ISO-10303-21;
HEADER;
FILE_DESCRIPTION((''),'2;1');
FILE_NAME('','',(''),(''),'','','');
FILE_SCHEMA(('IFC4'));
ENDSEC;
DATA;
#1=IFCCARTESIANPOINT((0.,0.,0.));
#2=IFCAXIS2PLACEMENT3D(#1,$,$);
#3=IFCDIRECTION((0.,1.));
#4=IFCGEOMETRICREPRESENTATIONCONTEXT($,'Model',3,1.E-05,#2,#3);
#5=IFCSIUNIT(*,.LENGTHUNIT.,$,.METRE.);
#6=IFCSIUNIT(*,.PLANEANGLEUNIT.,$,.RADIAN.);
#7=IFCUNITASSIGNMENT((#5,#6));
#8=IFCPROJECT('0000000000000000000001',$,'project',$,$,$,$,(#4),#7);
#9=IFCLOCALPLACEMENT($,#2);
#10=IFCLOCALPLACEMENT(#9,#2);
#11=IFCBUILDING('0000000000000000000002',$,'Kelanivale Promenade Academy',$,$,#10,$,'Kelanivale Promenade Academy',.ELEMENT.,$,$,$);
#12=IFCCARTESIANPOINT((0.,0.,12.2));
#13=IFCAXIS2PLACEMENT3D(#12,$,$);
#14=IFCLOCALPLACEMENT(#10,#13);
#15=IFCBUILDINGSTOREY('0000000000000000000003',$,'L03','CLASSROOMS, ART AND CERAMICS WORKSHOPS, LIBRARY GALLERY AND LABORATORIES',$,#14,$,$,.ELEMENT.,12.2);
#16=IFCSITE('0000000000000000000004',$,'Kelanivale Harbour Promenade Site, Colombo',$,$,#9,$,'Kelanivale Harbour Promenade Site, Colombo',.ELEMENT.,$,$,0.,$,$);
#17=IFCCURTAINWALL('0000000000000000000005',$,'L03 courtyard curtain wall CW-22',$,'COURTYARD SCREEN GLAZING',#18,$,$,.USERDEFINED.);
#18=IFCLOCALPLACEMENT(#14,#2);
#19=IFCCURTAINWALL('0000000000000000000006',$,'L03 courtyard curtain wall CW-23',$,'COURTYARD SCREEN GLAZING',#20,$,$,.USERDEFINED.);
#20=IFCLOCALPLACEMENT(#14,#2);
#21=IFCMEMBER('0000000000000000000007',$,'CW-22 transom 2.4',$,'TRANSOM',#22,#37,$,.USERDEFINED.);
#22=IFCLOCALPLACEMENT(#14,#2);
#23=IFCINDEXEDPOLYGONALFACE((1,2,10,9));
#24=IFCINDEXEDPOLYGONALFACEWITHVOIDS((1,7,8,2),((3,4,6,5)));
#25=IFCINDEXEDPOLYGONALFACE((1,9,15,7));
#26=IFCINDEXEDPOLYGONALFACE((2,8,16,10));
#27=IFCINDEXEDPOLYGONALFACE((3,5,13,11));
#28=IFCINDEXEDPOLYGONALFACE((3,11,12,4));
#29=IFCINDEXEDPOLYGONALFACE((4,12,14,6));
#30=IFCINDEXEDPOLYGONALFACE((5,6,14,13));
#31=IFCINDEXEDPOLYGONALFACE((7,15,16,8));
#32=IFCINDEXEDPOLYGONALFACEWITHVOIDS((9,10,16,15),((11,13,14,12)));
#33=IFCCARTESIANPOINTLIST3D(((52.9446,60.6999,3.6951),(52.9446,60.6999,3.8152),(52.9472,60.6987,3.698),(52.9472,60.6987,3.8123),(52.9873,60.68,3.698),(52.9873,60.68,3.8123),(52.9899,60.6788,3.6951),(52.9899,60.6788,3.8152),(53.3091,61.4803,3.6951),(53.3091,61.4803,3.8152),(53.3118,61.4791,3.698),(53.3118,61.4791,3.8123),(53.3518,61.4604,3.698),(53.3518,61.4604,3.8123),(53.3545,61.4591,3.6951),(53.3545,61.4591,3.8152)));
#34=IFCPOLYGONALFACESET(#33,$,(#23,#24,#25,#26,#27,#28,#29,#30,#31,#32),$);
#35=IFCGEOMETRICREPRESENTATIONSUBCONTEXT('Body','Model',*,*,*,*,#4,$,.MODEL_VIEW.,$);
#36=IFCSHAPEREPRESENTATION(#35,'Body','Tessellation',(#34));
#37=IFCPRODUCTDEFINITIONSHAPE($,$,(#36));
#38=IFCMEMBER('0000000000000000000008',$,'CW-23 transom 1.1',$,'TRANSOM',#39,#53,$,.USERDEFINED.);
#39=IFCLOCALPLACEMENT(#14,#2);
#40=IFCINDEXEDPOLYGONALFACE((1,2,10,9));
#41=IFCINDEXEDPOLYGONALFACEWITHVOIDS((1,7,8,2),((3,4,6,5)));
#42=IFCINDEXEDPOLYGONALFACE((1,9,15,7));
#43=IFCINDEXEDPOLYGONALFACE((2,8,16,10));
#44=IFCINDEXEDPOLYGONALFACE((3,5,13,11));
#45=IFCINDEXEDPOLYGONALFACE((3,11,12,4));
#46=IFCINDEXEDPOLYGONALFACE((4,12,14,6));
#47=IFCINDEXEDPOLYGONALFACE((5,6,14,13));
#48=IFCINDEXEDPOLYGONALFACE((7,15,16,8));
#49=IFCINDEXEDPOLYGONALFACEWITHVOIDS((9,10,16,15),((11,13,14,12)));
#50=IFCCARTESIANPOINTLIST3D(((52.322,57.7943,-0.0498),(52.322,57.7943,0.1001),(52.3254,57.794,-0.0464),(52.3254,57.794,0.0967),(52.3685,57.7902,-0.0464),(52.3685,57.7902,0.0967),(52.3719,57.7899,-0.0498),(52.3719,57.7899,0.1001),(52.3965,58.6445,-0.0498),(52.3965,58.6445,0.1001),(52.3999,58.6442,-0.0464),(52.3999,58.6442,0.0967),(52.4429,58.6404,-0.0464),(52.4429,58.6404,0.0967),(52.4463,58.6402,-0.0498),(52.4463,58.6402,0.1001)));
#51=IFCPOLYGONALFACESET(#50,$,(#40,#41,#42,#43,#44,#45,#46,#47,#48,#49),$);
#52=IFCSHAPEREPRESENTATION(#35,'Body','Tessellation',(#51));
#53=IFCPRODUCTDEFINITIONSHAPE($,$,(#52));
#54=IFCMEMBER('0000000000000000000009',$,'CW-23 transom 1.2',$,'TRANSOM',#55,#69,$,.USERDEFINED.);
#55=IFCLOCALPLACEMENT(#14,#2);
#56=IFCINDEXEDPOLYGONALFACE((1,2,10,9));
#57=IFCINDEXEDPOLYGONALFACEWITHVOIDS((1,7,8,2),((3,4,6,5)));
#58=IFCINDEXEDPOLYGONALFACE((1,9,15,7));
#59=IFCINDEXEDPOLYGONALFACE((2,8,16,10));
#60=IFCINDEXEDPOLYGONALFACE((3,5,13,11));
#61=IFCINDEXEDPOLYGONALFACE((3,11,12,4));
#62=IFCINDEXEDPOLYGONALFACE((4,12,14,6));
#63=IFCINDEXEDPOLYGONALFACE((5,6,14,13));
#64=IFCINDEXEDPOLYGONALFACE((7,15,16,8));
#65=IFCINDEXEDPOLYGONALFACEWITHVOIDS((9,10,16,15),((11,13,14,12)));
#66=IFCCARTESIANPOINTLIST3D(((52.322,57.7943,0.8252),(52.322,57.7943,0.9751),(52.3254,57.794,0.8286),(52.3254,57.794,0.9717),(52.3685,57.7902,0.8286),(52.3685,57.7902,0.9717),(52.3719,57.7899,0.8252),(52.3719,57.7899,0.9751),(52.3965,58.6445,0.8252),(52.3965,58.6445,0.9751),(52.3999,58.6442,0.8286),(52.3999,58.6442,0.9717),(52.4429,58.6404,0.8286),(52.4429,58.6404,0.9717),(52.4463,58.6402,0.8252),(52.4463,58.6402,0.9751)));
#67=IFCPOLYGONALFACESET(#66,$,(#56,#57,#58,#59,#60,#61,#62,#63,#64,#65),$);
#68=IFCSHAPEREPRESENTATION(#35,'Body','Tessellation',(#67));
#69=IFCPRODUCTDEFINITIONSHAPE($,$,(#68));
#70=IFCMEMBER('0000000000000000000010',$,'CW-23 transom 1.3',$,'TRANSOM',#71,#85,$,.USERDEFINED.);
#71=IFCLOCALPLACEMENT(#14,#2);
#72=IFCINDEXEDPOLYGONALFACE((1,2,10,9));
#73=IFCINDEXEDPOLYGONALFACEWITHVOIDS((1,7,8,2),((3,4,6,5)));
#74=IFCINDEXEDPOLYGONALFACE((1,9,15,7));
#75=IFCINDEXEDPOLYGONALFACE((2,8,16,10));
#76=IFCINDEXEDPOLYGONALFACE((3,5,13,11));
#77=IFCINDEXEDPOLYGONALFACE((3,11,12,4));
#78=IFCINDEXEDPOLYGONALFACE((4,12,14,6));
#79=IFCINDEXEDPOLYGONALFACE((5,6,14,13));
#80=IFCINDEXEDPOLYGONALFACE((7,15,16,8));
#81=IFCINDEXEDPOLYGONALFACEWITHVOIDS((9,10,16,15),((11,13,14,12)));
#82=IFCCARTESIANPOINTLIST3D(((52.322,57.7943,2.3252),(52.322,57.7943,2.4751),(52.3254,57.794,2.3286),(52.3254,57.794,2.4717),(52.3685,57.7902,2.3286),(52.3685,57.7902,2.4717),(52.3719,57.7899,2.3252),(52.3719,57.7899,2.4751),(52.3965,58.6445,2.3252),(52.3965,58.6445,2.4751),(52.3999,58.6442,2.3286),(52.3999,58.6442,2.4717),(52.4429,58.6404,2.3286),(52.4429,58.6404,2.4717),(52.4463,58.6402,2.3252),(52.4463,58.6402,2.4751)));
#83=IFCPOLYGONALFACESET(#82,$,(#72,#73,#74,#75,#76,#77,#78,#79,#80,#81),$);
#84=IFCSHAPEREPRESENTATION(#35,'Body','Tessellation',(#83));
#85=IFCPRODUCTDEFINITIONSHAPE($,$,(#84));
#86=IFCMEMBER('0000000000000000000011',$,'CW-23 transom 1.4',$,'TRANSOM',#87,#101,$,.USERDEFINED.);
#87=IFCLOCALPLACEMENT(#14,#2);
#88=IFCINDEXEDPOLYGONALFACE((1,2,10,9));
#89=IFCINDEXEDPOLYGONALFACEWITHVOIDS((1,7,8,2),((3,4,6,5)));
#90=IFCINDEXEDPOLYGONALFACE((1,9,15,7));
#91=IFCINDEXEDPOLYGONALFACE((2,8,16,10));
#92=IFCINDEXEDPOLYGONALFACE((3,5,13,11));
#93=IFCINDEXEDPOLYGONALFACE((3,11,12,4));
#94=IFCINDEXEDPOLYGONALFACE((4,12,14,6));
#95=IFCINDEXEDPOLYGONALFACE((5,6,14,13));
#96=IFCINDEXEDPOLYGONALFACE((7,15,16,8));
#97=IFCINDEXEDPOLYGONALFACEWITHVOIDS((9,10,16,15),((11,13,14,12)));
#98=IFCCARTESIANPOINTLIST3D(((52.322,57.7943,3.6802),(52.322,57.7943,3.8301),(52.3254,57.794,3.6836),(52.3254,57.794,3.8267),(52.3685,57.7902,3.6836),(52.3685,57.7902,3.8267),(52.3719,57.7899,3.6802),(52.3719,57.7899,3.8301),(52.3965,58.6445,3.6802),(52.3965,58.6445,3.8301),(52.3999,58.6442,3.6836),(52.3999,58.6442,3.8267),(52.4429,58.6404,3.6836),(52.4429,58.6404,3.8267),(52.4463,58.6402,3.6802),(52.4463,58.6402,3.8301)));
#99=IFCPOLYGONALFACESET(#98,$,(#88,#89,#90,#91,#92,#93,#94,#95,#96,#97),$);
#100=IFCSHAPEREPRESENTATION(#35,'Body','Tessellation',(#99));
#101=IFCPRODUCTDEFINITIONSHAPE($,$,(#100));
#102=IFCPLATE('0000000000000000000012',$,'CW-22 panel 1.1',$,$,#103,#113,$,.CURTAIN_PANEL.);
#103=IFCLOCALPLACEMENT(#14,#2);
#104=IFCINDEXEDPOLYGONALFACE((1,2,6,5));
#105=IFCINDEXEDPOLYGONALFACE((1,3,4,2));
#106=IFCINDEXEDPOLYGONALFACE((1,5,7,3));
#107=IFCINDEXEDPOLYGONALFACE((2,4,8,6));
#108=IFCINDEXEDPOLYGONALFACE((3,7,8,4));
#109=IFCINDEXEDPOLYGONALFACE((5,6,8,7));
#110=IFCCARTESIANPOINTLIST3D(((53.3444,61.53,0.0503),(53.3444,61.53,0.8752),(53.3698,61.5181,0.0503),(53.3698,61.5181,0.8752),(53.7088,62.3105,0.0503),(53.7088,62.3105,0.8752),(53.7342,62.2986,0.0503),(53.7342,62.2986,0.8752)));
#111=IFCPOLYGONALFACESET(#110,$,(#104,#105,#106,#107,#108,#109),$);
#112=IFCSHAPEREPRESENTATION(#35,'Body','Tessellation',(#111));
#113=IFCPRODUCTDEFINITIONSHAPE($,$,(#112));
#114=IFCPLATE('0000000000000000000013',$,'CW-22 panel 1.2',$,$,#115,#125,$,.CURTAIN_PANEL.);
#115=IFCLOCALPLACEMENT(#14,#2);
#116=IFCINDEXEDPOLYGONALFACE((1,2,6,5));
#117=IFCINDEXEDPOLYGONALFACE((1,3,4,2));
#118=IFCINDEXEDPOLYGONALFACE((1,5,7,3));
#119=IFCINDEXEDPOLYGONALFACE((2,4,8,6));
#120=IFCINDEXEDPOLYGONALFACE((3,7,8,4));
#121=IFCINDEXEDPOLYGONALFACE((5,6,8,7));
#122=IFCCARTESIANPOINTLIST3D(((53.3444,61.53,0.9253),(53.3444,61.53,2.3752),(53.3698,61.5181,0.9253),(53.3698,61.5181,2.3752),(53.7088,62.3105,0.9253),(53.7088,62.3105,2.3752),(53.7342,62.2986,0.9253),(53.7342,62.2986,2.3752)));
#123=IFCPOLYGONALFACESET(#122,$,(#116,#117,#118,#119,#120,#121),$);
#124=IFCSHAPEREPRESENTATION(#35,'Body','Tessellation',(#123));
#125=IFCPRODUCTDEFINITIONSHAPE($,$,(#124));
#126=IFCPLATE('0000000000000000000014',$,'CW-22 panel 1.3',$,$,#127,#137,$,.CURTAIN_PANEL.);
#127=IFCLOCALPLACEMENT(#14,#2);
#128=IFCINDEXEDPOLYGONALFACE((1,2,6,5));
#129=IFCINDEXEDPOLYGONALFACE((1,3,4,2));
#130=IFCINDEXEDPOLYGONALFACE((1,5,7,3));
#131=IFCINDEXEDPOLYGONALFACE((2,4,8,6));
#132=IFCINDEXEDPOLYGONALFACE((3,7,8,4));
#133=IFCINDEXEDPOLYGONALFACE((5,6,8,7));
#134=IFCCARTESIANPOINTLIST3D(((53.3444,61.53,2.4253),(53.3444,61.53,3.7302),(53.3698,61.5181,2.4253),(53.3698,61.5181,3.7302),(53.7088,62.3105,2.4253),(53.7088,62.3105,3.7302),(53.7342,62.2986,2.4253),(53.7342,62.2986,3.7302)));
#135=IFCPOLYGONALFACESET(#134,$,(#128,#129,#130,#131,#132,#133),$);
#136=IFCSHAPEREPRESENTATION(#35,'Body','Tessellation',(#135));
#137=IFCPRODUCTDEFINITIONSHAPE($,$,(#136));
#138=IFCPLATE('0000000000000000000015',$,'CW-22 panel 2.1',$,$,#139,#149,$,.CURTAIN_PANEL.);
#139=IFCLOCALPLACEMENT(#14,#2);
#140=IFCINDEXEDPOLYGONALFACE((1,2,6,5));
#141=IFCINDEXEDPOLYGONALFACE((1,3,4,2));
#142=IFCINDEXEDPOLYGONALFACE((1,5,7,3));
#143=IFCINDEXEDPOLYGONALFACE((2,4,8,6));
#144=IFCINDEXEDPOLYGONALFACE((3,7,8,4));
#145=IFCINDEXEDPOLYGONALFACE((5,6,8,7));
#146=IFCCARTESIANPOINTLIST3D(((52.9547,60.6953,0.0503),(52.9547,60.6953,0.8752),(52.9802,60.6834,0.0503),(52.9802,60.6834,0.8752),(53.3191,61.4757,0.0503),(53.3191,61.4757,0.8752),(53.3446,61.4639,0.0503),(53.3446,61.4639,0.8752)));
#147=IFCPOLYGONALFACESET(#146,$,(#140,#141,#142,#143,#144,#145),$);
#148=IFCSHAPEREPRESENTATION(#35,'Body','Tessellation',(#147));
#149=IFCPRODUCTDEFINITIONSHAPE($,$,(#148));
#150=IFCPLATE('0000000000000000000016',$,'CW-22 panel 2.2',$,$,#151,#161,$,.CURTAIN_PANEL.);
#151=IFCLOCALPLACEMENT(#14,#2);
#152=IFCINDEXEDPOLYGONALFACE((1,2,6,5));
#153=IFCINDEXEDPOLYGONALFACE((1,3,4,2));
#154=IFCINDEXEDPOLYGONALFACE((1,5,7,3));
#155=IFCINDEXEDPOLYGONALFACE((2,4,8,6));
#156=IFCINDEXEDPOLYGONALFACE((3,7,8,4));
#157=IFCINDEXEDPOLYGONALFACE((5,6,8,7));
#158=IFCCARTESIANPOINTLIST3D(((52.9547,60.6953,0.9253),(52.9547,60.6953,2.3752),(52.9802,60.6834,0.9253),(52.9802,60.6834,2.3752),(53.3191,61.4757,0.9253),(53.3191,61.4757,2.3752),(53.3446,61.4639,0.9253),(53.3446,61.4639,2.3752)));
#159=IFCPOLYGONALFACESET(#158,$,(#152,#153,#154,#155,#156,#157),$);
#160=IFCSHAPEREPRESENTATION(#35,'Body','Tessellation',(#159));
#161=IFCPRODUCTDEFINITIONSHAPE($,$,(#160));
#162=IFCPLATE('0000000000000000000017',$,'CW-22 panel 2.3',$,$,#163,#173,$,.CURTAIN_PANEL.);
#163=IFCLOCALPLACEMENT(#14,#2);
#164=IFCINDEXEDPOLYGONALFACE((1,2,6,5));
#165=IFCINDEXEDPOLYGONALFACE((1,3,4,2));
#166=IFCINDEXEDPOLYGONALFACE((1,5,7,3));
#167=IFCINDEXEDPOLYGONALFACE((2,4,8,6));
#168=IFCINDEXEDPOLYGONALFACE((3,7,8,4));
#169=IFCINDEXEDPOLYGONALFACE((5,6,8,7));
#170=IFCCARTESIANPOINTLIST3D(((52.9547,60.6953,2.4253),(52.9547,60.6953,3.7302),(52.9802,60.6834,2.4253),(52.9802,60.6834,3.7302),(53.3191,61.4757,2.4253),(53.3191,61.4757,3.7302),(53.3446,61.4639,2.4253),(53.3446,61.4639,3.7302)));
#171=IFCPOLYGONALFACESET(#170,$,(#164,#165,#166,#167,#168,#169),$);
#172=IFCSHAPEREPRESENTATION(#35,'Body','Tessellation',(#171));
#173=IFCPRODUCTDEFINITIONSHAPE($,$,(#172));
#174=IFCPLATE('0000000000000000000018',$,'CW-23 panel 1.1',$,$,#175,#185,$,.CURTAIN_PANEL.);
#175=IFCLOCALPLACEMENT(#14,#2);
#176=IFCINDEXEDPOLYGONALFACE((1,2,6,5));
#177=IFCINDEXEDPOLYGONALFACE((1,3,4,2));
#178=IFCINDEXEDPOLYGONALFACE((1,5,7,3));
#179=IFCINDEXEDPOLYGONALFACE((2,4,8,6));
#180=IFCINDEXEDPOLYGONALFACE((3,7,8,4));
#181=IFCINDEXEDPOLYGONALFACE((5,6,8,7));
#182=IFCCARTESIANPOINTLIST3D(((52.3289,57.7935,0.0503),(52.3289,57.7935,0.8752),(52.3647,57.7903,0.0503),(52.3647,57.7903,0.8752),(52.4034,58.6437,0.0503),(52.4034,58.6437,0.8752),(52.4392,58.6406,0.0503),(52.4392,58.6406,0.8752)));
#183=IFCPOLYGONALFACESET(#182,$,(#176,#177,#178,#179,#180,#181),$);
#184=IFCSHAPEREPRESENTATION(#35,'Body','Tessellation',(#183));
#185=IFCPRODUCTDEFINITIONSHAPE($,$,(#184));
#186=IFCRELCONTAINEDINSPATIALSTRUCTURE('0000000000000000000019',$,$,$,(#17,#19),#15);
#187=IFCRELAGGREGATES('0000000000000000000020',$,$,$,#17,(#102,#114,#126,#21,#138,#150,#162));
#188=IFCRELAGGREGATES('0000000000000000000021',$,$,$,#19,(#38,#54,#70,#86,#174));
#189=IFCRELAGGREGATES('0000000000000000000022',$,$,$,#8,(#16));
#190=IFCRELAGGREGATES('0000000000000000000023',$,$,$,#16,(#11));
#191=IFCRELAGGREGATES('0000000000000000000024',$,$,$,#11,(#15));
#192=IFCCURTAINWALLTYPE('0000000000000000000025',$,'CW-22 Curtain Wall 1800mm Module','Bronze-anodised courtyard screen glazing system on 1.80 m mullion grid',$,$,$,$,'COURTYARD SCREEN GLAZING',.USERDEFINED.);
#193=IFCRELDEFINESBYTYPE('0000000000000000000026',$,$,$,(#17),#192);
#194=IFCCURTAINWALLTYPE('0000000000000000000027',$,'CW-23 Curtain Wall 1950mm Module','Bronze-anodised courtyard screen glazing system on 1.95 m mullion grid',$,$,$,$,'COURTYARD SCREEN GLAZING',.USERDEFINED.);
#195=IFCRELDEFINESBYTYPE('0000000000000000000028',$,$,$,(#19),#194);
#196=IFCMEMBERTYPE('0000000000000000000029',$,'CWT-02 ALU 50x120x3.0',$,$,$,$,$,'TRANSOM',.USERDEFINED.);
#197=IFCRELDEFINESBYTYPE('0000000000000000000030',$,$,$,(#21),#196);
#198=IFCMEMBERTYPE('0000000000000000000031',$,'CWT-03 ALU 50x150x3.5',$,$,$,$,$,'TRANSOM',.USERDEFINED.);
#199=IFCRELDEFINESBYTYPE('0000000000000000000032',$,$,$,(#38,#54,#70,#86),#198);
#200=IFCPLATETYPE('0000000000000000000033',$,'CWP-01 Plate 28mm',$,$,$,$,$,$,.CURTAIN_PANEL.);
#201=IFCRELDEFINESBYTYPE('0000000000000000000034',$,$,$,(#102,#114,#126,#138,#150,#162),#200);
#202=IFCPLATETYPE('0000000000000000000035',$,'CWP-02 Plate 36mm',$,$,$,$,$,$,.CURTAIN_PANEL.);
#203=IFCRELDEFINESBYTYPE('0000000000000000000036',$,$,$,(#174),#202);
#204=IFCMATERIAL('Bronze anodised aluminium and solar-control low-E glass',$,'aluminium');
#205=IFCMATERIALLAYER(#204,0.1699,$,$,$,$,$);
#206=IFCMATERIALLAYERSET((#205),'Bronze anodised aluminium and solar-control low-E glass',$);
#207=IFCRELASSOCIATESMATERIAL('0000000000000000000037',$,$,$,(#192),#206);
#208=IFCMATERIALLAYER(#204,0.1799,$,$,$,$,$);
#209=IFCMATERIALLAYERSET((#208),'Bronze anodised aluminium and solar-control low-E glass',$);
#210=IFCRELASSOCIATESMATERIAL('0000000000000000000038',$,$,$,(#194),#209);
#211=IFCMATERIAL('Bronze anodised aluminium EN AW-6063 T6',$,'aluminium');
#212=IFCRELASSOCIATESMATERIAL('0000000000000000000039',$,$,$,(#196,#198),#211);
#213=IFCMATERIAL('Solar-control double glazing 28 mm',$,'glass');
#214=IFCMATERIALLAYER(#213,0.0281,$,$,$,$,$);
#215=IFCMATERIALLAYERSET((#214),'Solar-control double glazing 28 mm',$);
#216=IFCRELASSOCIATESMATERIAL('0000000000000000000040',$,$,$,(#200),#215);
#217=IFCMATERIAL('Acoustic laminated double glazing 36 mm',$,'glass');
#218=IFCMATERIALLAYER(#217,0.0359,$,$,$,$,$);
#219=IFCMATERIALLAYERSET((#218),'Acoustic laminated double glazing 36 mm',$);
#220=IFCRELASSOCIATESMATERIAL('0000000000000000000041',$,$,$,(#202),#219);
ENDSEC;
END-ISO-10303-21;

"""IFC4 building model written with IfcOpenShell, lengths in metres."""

from ifc_helpers import new_model, si_unit, direction, frame, origin, origin_2d, place, context, subcontext, project, spatial, rectangle, hollow_rectangle, extrude, material, layer, layer_set, material_profile, profile_set, type_object, element, aggregate, save


model = new_model("IFC4")

# Units and contexts
model_context = context("Model", 3, precision=1e-05, world=origin(), true_north=direction((0.0, 1.0)))
body_context = subcontext(model_context, "Body", "Model", "MODEL_VIEW")
ifc_project = project(units=[si_unit("LENGTHUNIT", "METRE"), si_unit("PLANEANGLEUNIT", "RADIAN")], contexts=[model_context])

# Site, building, storey
site_placement = place(None, origin())
site = spatial("IfcSite", under=ifc_project, at=site_placement, Name="Kelanivale Harbour Promenade Site, Colombo", LongName="Kelanivale Harbour Promenade Site, Colombo", CompositionType="ELEMENT", RefElevation=0.0)
building_placement = place(site_placement, origin())
building = spatial("IfcBuilding", under=site, at=building_placement, Name="Kelanivale Promenade Academy", LongName="Kelanivale Promenade Academy", CompositionType="ELEMENT")
storey_placement = place(building_placement, frame((0.0, 0.0, 12.2)))
storey = spatial("IfcBuildingStorey", under=building, at=storey_placement, Name="L03", Description="CLASSROOMS, ART AND CERAMICS WORKSHOPS, LIBRARY GALLERY AND LABORATORIES", CompositionType="ELEMENT", Elevation=12.2)

# Curtain wall
ifc_material_1 = material(Name="Bronze anodised aluminium and solar-control low-E glass", Category="aluminium")
ifc_layer_1 = layer(ifc_material_1, 0.1699)
ifc_layer_set_1 = layer_set([ifc_layer_1], Name="Bronze anodised aluminium and solar-control low-E glass")
curtain_wall_type_1 = type_object("IfcCurtainWallType", Name="CW-22 Curtain Wall 1800mm Module", Description="Bronze-anodised courtyard screen glazing system on 1.80 m mullion grid", ElementType="COURTYARD SCREEN GLAZING", PredefinedType="USERDEFINED", material=ifc_layer_set_1)
curtain_wall_1_placement = place(storey_placement, origin())
curtain_wall_1 = element("IfcCurtainWall", 1, at=curtain_wall_1_placement, inside=storey, type_object=curtain_wall_type_1, Name="L03 courtyard curtain wall CW-22", ObjectType="COURTYARD SCREEN GLAZING", PredefinedType="USERDEFINED")
ifc_material_2 = material(Name="Bronze anodised aluminium EN AW-6063 T6", Category="aluminium")

# Curtain wall
ifc_layer_2 = layer(ifc_material_1, 0.1799)
ifc_layer_set_2 = layer_set([ifc_layer_2], Name="Bronze anodised aluminium and solar-control low-E glass")
curtain_wall_type_2 = type_object("IfcCurtainWallType", Name="CW-23 Curtain Wall 1950mm Module", Description="Bronze-anodised courtyard screen glazing system on 1.95 m mullion grid", ElementType="COURTYARD SCREEN GLAZING", PredefinedType="USERDEFINED", material=ifc_layer_set_2)
curtain_wall_2_placement = place(storey_placement, origin())
curtain_wall_2 = element("IfcCurtainWall", 2, at=curtain_wall_2_placement, inside=storey, type_object=curtain_wall_type_2, Name="L03 courtyard curtain wall CW-23", ObjectType="COURTYARD SCREEN GLAZING", PredefinedType="USERDEFINED")

# Members
ifc_material_profile_1 = material_profile(ifc_material_2, hollow_rectangle(XDim=0.05, YDim=0.1201, WallThickness=0.0029, at=origin_2d()), Name="ALU 50x120x3.0")
ifc_profile_set_1 = profile_set([ifc_material_profile_1], Name="Bronze anodised aluminium EN AW-6063 T6")
member_type_1 = type_object("IfcMemberType", Name="CWT-02 ALU 50x120x3.0", ElementType="TRANSOM", PredefinedType="USERDEFINED", material=ifc_profile_set_1)
member_1_placement = place(storey_placement, frame((53.3318, 61.4697, 3.7551), z_axis=(-0.423242, -0.906016, 0.0), x_axis=(0.906016, -0.423242, 0.0)))
member_1 = element("IfcMember", 3, at=member_1_placement, type_object=member_type_1, Name="CW-22 transom 2.4", ObjectType="TRANSOM", PredefinedType="USERDEFINED", context=body_context, shape_type="SweptSolid", body=[
    extrude(hollow_rectangle(XDim=0.05, YDim=0.1201, WallThickness=0.0029, at=origin_2d()), origin(), (0.0, 0.0, 1.0), 0.8613),
])
ifc_material_profile_2 = material_profile(ifc_material_2, hollow_rectangle(XDim=0.05, YDim=0.1499, WallThickness=0.0034, at=origin_2d()), Name="ALU 50x150x3.5")
ifc_profile_set_2 = profile_set([ifc_material_profile_2], Name="Bronze anodised aluminium EN AW-6063 T6")
member_type_2 = type_object("IfcMemberType", Name="CWT-03 ALU 50x150x3.5", ElementType="TRANSOM", PredefinedType="USERDEFINED", material=ifc_profile_set_2)
member_2_placement = place(storey_placement, frame((52.4214, 58.6423, 0.0251), z_axis=(-0.087234, -0.996188, 0.0), x_axis=(0.996188, -0.087234, 0.0)))
member_2 = element("IfcMember", 4, at=member_2_placement, type_object=member_type_2, Name="CW-23 transom 1.1", ObjectType="TRANSOM", PredefinedType="USERDEFINED", context=body_context, shape_type="SweptSolid", body=[
    extrude(hollow_rectangle(XDim=0.05, YDim=0.1499, WallThickness=0.0034, at=origin_2d()), origin(), (0.0, 0.0, 1.0), 0.8535),
])
member_3_placement = place(storey_placement, frame((52.4214, 58.6423, 0.9001), z_axis=(-0.087234, -0.996188, 0.0), x_axis=(0.996188, -0.087234, 0.0)))
member_3 = element("IfcMember", 5, at=member_3_placement, type_object=member_type_2, Name="CW-23 transom 1.2", ObjectType="TRANSOM", PredefinedType="USERDEFINED", context=body_context, shape_type="SweptSolid", body=[
    extrude(hollow_rectangle(XDim=0.05, YDim=0.1499, WallThickness=0.0034, at=origin_2d()), origin(), (0.0, 0.0, 1.0), 0.8535),
])
member_4_placement = place(storey_placement, frame((52.4214, 58.6423, 2.4001), z_axis=(-0.087234, -0.996188, 0.0), x_axis=(0.996188, -0.087234, 0.0)))
member_4 = element("IfcMember", 6, at=member_4_placement, type_object=member_type_2, Name="CW-23 transom 1.3", ObjectType="TRANSOM", PredefinedType="USERDEFINED", context=body_context, shape_type="SweptSolid", body=[
    extrude(hollow_rectangle(XDim=0.05, YDim=0.1499, WallThickness=0.0034, at=origin_2d()), origin(), (0.0, 0.0, 1.0), 0.8535),
])
member_5_placement = place(storey_placement, frame((52.4214, 58.6423, 3.7551), z_axis=(-0.087234, -0.996188, 0.0), x_axis=(0.996188, -0.087234, 0.0)))
member_5 = element("IfcMember", 7, at=member_5_placement, type_object=member_type_2, Name="CW-23 transom 1.4", ObjectType="TRANSOM", PredefinedType="USERDEFINED", context=body_context, shape_type="SweptSolid", body=[
    extrude(hollow_rectangle(XDim=0.05, YDim=0.1499, WallThickness=0.0034, at=origin_2d()), origin(), (0.0, 0.0, 1.0), 0.8535),
])

# Plates
ifc_material_3 = material(Name="Solar-control double glazing 28 mm", Category="glass")
ifc_layer_3 = layer(ifc_material_3, 0.0281)
ifc_layer_set_3 = layer_set([ifc_layer_3], Name="Solar-control double glazing 28 mm")
plate_type_1 = type_object("IfcPlateType", Name="CWP-01 Plate 28mm", PredefinedType="CURTAIN_PANEL", material=ifc_layer_set_3)
plate_1_placement = place(storey_placement, frame((53.5393, 61.9143, 0.0503), z_axis=(0.0, 0.0, 1.0), x_axis=(-0.423087, -0.906089, 0.0)))
plate_1 = element("IfcPlate", 8, at=plate_1_placement, type_object=plate_type_1, Name="CW-22 panel 1.1", PredefinedType="CURTAIN_PANEL", context=body_context, shape_type="SweptSolid", body=[
    extrude(rectangle(XDim=0.8613, YDim=0.0281, at=origin_2d()), origin(), (0.0, 0.0, 1.0), 0.825),
])
plate_2_placement = place(storey_placement, frame((53.5393, 61.9143, 0.9253), z_axis=(0.0, 0.0, 1.0), x_axis=(-0.423087, -0.906089, 0.0)))
plate_2 = element("IfcPlate", 9, at=plate_2_placement, type_object=plate_type_1, Name="CW-22 panel 1.2", PredefinedType="CURTAIN_PANEL", context=body_context, shape_type="SweptSolid", body=[
    extrude(rectangle(XDim=0.8613, YDim=0.0281, at=origin_2d()), origin(), (0.0, 0.0, 1.0), 1.45),
])
plate_3_placement = place(storey_placement, frame((53.5393, 61.9143, 2.4253), z_axis=(0.0, 0.0, 1.0), x_axis=(-0.423087, -0.906089, 0.0)))
plate_3 = element("IfcPlate", 10, at=plate_3_placement, type_object=plate_type_1, Name="CW-22 panel 1.3", PredefinedType="CURTAIN_PANEL", context=body_context, shape_type="SweptSolid", body=[
    extrude(rectangle(XDim=0.8613, YDim=0.0281, at=origin_2d()), origin(), (0.0, 0.0, 1.0), 1.3049),
])
plate_4_placement = place(storey_placement, frame((53.1497, 61.0796, 0.0503), z_axis=(0.0, 0.0, 1.0), x_axis=(-0.423087, -0.906089, 0.0)))
plate_4 = element("IfcPlate", 11, at=plate_4_placement, type_object=plate_type_1, Name="CW-22 panel 2.1", PredefinedType="CURTAIN_PANEL", context=body_context, shape_type="SweptSolid", body=[
    extrude(rectangle(XDim=0.8613, YDim=0.0281, at=origin_2d()), origin(), (0.0, 0.0, 1.0), 0.825),
])
plate_5_placement = place(storey_placement, frame((53.1497, 61.0796, 0.9253), z_axis=(0.0, 0.0, 1.0), x_axis=(-0.423087, -0.906089, 0.0)))
plate_5 = element("IfcPlate", 12, at=plate_5_placement, type_object=plate_type_1, Name="CW-22 panel 2.2", PredefinedType="CURTAIN_PANEL", context=body_context, shape_type="SweptSolid", body=[
    extrude(rectangle(XDim=0.8613, YDim=0.0281, at=origin_2d()), origin(), (0.0, 0.0, 1.0), 1.45),
])
plate_6_placement = place(storey_placement, frame((53.1497, 61.0796, 2.4253), z_axis=(0.0, 0.0, 1.0), x_axis=(-0.423087, -0.906089, 0.0)))
plate_6 = element("IfcPlate", 13, at=plate_6_placement, type_object=plate_type_1, Name="CW-22 panel 2.3", PredefinedType="CURTAIN_PANEL", context=body_context, shape_type="SweptSolid", body=[
    extrude(rectangle(XDim=0.8613, YDim=0.0281, at=origin_2d()), origin(), (0.0, 0.0, 1.0), 1.3049),
])
aggregate(curtain_wall_1, [plate_1, plate_2, plate_3, member_1, plate_4, plate_5, plate_6])
ifc_material_4 = material(Name="Acoustic laminated double glazing 36 mm", Category="glass")
ifc_layer_4 = layer(ifc_material_4, 0.0359)
ifc_layer_set_4 = layer_set([ifc_layer_4], Name="Acoustic laminated double glazing 36 mm")
plate_type_2 = type_object("IfcPlateType", Name="CWP-02 Plate 36mm", PredefinedType="CURTAIN_PANEL", material=ifc_layer_set_4)
plate_7_placement = place(storey_placement, frame((52.384, 58.217, 0.0503), z_axis=(0.0, 0.0, 1.0), x_axis=(-0.087265, -0.996185, 0.0)))
plate_7 = element("IfcPlate", 14, at=plate_7_placement, type_object=plate_type_2, Name="CW-23 panel 1.1", PredefinedType="CURTAIN_PANEL", context=body_context, shape_type="SweptSolid", body=[
    extrude(rectangle(XDim=0.8535, YDim=0.0359, at=origin_2d()), origin(), (0.0, 0.0, 1.0), 0.825),
])
aggregate(curtain_wall_2, [member_2, member_3, member_4, member_5, plate_7])

save(model, "model.ifc")
